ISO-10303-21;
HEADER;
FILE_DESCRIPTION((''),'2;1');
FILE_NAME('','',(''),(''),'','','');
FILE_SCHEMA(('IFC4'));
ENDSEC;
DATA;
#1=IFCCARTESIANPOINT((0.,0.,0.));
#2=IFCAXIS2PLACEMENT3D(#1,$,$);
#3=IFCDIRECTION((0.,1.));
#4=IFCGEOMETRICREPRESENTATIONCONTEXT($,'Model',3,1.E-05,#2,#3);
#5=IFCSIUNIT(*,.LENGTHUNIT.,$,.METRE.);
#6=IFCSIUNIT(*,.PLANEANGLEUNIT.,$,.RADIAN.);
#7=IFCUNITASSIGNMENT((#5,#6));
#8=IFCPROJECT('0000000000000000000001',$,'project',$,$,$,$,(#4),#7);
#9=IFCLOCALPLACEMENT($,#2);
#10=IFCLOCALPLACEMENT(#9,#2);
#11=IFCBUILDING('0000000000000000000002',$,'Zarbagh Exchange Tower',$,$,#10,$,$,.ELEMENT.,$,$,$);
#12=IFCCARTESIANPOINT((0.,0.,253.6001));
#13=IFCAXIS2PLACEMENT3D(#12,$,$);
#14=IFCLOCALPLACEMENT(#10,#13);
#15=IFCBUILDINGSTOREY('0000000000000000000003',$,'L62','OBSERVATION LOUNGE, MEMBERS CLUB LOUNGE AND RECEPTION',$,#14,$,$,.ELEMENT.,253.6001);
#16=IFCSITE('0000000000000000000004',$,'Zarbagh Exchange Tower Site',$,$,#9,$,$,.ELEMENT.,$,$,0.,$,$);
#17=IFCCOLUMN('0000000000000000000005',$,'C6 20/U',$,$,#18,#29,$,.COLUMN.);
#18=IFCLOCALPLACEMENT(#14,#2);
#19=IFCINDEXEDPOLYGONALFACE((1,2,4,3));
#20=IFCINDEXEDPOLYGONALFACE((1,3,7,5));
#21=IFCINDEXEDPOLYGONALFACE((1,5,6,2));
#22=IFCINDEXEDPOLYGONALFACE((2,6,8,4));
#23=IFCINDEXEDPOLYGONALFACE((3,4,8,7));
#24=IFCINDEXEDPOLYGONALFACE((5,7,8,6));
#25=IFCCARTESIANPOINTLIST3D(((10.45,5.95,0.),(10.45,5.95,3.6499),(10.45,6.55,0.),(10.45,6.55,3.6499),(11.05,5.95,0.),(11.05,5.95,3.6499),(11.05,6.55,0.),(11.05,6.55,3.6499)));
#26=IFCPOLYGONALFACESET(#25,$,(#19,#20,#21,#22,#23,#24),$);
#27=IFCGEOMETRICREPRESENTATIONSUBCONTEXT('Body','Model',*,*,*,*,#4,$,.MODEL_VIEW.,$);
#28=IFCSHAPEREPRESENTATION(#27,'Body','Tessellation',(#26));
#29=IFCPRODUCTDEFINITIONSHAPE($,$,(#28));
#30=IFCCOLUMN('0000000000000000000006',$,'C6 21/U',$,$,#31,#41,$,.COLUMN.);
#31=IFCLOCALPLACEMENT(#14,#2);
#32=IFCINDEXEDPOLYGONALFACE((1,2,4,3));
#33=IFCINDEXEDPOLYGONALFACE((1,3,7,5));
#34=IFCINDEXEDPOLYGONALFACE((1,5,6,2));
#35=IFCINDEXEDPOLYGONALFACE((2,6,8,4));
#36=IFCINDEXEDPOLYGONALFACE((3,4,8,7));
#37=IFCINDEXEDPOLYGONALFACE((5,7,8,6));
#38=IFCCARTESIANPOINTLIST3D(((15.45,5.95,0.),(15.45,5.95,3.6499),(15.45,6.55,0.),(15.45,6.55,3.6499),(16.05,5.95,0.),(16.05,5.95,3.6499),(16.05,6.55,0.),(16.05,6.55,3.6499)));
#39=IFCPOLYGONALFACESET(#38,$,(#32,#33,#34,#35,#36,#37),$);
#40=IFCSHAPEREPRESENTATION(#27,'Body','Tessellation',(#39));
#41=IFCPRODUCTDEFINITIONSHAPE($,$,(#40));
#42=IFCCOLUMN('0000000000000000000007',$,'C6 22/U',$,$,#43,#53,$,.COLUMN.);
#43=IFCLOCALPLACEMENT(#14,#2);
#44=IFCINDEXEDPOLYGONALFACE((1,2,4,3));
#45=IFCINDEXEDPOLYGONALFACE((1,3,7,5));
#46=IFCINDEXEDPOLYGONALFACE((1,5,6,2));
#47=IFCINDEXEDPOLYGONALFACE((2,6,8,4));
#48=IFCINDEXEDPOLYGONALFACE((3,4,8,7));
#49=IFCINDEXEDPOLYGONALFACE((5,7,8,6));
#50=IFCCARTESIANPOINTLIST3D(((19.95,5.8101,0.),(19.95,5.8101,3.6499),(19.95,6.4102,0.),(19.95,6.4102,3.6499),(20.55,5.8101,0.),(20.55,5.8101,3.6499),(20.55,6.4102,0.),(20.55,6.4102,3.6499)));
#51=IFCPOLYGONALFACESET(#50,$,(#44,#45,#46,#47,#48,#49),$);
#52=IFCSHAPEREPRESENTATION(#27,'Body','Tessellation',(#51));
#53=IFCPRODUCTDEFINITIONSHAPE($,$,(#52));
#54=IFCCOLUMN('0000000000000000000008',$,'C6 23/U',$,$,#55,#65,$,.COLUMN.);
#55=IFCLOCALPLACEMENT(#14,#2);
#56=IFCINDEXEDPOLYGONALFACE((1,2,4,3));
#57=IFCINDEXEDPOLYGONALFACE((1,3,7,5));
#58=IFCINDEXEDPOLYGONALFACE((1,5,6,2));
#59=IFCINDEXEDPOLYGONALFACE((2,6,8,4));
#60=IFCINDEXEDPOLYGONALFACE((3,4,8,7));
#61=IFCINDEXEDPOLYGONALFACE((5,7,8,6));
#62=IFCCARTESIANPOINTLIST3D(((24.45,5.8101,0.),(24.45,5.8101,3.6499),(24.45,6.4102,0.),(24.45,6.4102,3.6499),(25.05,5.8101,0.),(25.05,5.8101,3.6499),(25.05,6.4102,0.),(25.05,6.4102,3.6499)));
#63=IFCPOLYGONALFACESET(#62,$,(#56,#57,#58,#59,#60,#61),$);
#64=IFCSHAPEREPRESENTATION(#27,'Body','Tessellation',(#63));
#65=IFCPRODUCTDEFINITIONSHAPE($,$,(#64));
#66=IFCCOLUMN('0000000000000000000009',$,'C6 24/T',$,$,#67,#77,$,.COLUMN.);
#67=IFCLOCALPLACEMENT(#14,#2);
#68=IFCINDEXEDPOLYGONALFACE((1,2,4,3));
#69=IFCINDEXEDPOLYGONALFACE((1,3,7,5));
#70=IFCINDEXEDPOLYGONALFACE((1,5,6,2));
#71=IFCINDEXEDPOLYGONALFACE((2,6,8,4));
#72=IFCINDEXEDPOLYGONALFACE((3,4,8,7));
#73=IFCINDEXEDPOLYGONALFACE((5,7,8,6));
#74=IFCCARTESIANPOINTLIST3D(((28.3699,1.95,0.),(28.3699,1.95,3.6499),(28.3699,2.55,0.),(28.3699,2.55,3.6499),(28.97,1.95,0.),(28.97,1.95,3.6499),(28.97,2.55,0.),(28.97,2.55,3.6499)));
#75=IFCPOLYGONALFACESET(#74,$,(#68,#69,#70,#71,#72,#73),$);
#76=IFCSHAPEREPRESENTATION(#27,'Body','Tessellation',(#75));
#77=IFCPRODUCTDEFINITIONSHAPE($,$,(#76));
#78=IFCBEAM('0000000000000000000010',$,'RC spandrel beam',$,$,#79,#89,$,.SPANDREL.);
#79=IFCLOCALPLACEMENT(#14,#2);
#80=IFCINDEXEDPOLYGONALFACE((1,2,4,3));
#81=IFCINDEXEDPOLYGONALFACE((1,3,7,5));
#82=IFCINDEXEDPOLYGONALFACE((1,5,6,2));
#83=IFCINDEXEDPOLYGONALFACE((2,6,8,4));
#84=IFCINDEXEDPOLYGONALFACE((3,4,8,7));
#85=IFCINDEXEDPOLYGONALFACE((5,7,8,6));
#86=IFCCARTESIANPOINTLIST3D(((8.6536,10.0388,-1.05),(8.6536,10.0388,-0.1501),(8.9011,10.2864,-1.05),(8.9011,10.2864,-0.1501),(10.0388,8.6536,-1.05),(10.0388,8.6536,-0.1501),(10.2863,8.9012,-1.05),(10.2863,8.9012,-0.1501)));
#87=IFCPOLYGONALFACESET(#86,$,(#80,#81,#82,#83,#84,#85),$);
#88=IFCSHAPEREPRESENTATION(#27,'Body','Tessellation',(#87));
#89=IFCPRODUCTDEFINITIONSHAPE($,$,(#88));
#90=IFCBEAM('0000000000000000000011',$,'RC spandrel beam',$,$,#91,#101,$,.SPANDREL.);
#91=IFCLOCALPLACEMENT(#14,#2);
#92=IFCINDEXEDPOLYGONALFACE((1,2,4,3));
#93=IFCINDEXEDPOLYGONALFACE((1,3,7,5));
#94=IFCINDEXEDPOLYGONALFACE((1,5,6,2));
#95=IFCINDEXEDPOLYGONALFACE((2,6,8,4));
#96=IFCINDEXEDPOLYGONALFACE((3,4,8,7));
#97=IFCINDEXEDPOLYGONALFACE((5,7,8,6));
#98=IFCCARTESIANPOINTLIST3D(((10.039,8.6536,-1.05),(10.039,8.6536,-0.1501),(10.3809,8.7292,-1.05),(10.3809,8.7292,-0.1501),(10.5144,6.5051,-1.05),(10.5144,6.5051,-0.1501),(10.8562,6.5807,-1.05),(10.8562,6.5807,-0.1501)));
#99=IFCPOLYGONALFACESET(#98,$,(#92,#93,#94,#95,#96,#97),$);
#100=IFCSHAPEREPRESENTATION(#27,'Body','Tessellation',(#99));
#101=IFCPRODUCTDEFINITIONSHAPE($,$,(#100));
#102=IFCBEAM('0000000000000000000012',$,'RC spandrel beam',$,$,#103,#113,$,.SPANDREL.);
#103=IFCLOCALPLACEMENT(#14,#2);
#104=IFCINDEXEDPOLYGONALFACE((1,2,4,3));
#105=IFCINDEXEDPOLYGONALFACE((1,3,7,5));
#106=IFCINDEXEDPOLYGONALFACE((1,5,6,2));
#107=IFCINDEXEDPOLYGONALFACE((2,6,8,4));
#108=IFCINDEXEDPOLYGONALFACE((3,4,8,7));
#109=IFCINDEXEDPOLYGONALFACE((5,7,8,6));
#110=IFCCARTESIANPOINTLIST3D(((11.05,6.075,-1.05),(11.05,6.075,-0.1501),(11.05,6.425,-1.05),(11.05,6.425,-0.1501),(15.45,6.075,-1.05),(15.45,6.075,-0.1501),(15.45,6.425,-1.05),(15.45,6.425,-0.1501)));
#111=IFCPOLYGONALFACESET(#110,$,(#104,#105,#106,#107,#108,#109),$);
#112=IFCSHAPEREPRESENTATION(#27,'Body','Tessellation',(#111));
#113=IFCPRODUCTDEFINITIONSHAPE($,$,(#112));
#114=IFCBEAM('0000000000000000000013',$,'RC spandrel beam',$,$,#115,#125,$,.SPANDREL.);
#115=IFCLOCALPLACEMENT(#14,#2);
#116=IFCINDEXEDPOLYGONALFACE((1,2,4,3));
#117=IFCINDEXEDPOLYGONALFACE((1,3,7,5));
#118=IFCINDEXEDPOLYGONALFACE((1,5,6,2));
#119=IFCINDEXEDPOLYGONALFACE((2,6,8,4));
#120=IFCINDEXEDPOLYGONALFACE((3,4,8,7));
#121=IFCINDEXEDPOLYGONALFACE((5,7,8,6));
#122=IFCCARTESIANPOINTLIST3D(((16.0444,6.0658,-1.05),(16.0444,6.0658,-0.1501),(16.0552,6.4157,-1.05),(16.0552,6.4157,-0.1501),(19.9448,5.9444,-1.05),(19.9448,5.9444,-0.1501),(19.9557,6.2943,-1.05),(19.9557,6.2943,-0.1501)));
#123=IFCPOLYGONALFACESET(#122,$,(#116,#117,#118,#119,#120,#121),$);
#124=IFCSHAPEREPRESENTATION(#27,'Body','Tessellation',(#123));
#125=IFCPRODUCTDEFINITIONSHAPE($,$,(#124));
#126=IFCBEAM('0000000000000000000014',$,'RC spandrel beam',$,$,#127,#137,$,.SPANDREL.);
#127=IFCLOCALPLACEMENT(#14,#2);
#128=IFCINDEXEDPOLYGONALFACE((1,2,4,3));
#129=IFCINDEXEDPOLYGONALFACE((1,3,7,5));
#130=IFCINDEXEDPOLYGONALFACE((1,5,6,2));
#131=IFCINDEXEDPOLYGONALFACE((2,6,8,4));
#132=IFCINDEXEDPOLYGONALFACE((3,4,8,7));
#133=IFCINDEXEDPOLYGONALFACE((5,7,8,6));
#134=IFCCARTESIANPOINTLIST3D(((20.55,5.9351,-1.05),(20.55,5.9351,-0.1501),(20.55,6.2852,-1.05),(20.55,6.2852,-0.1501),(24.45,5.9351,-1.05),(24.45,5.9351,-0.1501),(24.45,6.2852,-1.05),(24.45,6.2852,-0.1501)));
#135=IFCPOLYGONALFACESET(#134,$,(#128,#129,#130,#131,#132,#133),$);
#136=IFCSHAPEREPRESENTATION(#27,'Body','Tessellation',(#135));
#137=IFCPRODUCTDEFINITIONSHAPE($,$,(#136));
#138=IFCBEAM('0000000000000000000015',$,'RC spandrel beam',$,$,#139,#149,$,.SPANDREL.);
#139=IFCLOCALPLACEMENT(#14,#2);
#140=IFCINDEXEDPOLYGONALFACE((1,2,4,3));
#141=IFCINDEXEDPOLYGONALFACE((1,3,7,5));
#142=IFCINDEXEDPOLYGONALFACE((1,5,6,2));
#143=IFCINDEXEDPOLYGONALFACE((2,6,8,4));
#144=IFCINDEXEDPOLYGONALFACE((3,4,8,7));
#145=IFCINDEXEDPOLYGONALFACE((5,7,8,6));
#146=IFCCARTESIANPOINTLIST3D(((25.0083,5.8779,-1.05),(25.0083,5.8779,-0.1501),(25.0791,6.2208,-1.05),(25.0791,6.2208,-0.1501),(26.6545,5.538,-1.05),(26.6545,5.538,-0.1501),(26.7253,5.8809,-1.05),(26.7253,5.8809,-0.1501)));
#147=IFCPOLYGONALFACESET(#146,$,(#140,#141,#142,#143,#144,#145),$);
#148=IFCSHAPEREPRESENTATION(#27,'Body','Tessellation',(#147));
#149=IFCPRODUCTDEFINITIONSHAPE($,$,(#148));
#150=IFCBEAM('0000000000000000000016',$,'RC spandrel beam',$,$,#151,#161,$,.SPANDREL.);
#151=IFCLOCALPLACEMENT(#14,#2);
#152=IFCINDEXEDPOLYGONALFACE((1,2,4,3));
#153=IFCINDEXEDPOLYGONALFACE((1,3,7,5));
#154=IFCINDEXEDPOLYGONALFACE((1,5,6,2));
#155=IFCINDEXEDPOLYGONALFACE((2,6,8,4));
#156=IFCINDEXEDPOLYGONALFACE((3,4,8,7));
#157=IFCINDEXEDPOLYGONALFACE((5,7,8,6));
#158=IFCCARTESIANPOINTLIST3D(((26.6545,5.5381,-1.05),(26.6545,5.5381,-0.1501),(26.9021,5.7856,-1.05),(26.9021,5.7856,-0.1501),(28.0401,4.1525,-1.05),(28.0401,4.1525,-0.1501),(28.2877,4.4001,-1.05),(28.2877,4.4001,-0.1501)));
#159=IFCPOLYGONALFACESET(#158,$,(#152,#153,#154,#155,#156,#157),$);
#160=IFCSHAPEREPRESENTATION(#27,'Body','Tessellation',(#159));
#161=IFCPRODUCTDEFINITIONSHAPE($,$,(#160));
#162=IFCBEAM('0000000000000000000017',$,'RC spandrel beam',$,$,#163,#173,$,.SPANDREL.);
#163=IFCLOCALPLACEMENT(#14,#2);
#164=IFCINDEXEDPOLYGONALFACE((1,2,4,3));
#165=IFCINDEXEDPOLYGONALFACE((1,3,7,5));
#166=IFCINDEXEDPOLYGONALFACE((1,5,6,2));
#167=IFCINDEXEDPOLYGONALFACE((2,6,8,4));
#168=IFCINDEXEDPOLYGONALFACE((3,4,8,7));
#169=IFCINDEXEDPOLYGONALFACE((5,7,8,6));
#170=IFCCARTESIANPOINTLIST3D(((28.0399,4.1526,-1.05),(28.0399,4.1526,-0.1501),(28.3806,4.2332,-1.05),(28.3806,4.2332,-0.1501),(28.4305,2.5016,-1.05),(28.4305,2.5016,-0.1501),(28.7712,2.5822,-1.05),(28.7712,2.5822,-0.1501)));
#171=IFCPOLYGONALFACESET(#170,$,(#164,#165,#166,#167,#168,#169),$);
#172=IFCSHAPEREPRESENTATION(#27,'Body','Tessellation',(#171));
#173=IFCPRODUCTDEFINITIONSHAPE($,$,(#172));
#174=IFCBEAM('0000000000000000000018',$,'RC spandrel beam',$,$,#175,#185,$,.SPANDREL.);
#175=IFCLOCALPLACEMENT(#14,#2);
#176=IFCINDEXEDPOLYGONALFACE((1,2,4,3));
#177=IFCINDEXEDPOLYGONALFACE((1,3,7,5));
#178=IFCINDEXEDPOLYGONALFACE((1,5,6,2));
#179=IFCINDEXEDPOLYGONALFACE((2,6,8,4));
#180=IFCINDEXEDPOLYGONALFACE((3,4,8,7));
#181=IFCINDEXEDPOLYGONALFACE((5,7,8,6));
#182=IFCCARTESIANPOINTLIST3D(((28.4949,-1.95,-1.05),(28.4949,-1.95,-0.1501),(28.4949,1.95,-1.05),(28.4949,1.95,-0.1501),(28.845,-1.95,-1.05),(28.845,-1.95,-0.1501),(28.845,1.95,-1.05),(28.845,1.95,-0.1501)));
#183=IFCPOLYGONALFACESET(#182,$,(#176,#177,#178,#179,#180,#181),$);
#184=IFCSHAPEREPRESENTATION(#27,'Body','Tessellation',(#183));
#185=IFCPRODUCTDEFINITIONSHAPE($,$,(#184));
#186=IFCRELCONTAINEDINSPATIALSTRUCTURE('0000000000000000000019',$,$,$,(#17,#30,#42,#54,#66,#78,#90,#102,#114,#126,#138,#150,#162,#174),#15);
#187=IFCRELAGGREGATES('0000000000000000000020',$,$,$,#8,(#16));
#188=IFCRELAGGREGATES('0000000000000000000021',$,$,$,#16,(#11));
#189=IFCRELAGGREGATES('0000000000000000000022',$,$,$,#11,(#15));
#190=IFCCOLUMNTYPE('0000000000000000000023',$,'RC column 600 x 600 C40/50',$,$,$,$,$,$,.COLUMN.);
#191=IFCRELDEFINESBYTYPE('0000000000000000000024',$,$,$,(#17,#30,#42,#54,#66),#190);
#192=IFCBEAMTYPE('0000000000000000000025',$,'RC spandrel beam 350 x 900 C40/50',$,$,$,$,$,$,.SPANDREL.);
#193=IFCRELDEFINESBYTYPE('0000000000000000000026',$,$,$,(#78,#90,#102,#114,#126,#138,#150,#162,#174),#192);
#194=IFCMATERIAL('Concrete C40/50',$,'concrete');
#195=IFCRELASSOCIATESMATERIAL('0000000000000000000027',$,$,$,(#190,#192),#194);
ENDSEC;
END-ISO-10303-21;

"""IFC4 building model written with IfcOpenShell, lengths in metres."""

from ifc_helpers import new_model, si_unit, direction, frame, origin, origin_2d, place, context, subcontext, project, spatial, rectangle, extrude, material, material_profile, profile_set, type_object, element, save


model = new_model("IFC4")

# Units and contexts
model_context = context("Model", 3, precision=1e-05, world=origin(), true_north=direction((0.0, 1.0)))
body_context = subcontext(model_context, "Body", "Model", "MODEL_VIEW")
ifc_project = project(units=[si_unit("LENGTHUNIT", "METRE"), si_unit("PLANEANGLEUNIT", "RADIAN")], contexts=[model_context])

# Site, building, storey
site_placement = place(None, origin())
site = spatial("IfcSite", under=ifc_project, at=site_placement, Name="Zarbagh Exchange Tower Site", CompositionType="ELEMENT", RefElevation=0.0)
building_placement = place(site_placement, origin())
building = spatial("IfcBuilding", under=site, at=building_placement, Name="Zarbagh Exchange Tower", CompositionType="ELEMENT")
storey_placement = place(building_placement, frame((0.0, 0.0, 253.6001)))
storey = spatial("IfcBuildingStorey", under=building, at=storey_placement, Name="L62", Description="OBSERVATION LOUNGE, MEMBERS CLUB LOUNGE AND RECEPTION", CompositionType="ELEMENT", Elevation=253.6001)

# Columns
ifc_material_1 = material(Name="Concrete C40/50", Category="concrete")
ifc_material_profile_1 = material_profile(ifc_material_1, rectangle(XDim=0.6001, YDim=0.6001, at=origin_2d()), Name="RC column 600 x 600 C40/50")
ifc_profile_set_1 = profile_set([ifc_material_profile_1], Name="Concrete C40/50")
column_type = type_object("IfcColumnType", Name="RC column 600 x 600 C40/50", PredefinedType="COLUMN", material=ifc_profile_set_1)
for number, where, z_axis, x_axis, name in (
    (1, (10.75, 6.25, 0.0), (0.0, 0.0, 1.0), (1.0, 0.0, 0.0), "C6 20/U"),
    (2, (15.75, 6.25, 0.0), (0.0, 0.0, 1.0), (1.0, 0.0, 0.0), "C6 21/U"),
    (3, (20.25, 6.1101, 0.0), (0.0, 0.0, 1.0), (1.0, 0.0, 0.0), "C6 22/U"),
    (4, (24.75, 6.1101, 0.0), (0.0, 0.0, 1.0), (1.0, 0.0, 0.0), "C6 23/U"),
    (5, (28.6699, 2.25, 0.0), (0.0, 0.0, 1.0), (1.0, 0.0, 0.0), "C6 24/T"),
):
    element("IfcColumn", number, at=place(storey_placement, frame(where, z_axis=z_axis, x_axis=x_axis)), inside=storey, type_object=column_type, Name=name, PredefinedType="COLUMN", context=body_context, shape_type="SweptSolid", body=[
        extrude(rectangle(XDim=0.6001, YDim=0.6001, at=origin_2d()), origin(), (0.0, 0.0, 1.0), 3.6499),
    ])

# Beams
ifc_material_profile_2 = material_profile(ifc_material_1, rectangle(XDim=0.3501, YDim=0.8999, at=origin_2d()), Name="RC spandrel beam 350 x 900 C40/50")
ifc_profile_set_2 = profile_set([ifc_material_profile_2], Name="Concrete C40/50")
beam_type = type_object("IfcBeamType", Name="RC spandrel beam 350 x 900 C40/50", PredefinedType="SPANDREL", material=ifc_profile_set_2)
beam_1_placement = place(storey_placement, frame((8.7773, 10.1626, -0.6001), z_axis=(0.707107, -0.707107, 0.0), x_axis=(0.707107, 0.707107, 0.0)))
element("IfcBeam", 6, at=beam_1_placement, inside=storey, type_object=beam_type, Name="RC spandrel beam", PredefinedType="SPANDREL", context=body_context, shape_type="SweptSolid", body=[
    extrude(rectangle(XDim=0.3501, YDim=0.8999, at=origin_2d()), origin(), (0.0, 0.0, 1.0), 1.959),
])
beam_2_placement = place(storey_placement, frame((10.21, 8.6914, -0.6001), z_axis=(0.216026, -0.976388, 0.0), x_axis=(0.976388, 0.216026, 0.0)))
element("IfcBeam", 7, at=beam_2_placement, inside=storey, type_object=beam_type, Name="RC spandrel beam", PredefinedType="SPANDREL", context=body_context, shape_type="SweptSolid", body=[
    extrude(rectangle(XDim=0.3501, YDim=0.8999, at=origin_2d()), origin(), (0.0, 0.0, 1.0), 2.2004),
])
beam_3_placement = place(storey_placement, frame((11.05, 6.25, -0.6001), z_axis=(1.0, 0.0, 0.0), x_axis=(0.0, 1.0, 0.0)))
element("IfcBeam", 8, at=beam_3_placement, inside=storey, type_object=beam_type, Name="RC spandrel beam", PredefinedType="SPANDREL", context=body_context, shape_type="SweptSolid", body=[
    extrude(rectangle(XDim=0.3501, YDim=0.8999, at=origin_2d()), origin(), (0.0, 0.0, 1.0), 4.3999),
])
beam_4_placement = place(storey_placement, frame((16.0498, 6.2407, -0.6001), z_axis=(0.999516, -0.031094, 0.0), x_axis=(0.031094, 0.999516, 0.0)))
element("IfcBeam", 9, at=beam_4_placement, inside=storey, type_object=beam_type, Name="RC spandrel beam", PredefinedType="SPANDREL", context=body_context, shape_type="SweptSolid", body=[
    extrude(rectangle(XDim=0.3501, YDim=0.8999, at=origin_2d()), origin(), (0.0, 0.0, 1.0), 3.9023),
])
beam_5_placement = place(storey_placement, frame((20.55, 6.1101, -0.6001), z_axis=(1.0, 0.0, 0.0), x_axis=(0.0, 1.0, 0.0)))
element("IfcBeam", 10, at=beam_5_placement, inside=storey, type_object=beam_type, Name="RC spandrel beam", PredefinedType="SPANDREL", context=body_context, shape_type="SweptSolid", body=[
    extrude(rectangle(XDim=0.3501, YDim=0.8999, at=origin_2d()), origin(), (0.0, 0.0, 1.0), 3.8999),
])
beam_6_placement = place(storey_placement, frame((25.0437, 6.0493, -0.6001), z_axis=(0.97935, -0.202173, 0.0), x_axis=(0.202173, 0.97935, 0.0)))
element("IfcBeam", 11, at=beam_6_placement, inside=storey, type_object=beam_type, Name="RC spandrel beam", PredefinedType="SPANDREL", context=body_context, shape_type="SweptSolid", body=[
    extrude(rectangle(XDim=0.3501, YDim=0.8999, at=origin_2d()), origin(), (0.0, 0.0, 1.0), 1.6809),
])
beam_7_placement = place(storey_placement, frame((26.7783, 5.6619, -0.6001), z_axis=(0.707107, -0.707107, 0.0), x_axis=(0.707107, 0.707107, 0.0)))
element("IfcBeam", 12, at=beam_7_placement, inside=storey, type_object=beam_type, Name="RC spandrel beam", PredefinedType="SPANDREL", context=body_context, shape_type="SweptSolid", body=[
    extrude(rectangle(XDim=0.3501, YDim=0.8999, at=origin_2d()), origin(), (0.0, 0.0, 1.0), 1.9595),
])
beam_8_placement = place(storey_placement, frame((28.2102, 4.1929, -0.6001), z_axis=(0.230258, -0.97313, 0.0), x_axis=(0.97313, 0.230258, 0.0)))
element("IfcBeam", 13, at=beam_8_placement, inside=storey, type_object=beam_type, Name="RC spandrel beam", PredefinedType="SPANDREL", context=body_context, shape_type="SweptSolid", body=[
    extrude(rectangle(XDim=0.3501, YDim=0.8999, at=origin_2d()), origin(), (0.0, 0.0, 1.0), 1.6965),
])
beam_9_placement = place(storey_placement, frame((28.6699, 1.95, -0.6001), z_axis=(0.0, -1.0, 0.0), x_axis=(1.0, 0.0, 0.0)))
element("IfcBeam", 14, at=beam_9_placement, inside=storey, type_object=beam_type, Name="RC spandrel beam", PredefinedType="SPANDREL", context=body_context, shape_type="SweptSolid", body=[
    extrude(rectangle(XDim=0.3501, YDim=0.8999, at=origin_2d()), origin(), (0.0, 0.0, 1.0), 3.8999),
])

save(model, "model.ifc")
